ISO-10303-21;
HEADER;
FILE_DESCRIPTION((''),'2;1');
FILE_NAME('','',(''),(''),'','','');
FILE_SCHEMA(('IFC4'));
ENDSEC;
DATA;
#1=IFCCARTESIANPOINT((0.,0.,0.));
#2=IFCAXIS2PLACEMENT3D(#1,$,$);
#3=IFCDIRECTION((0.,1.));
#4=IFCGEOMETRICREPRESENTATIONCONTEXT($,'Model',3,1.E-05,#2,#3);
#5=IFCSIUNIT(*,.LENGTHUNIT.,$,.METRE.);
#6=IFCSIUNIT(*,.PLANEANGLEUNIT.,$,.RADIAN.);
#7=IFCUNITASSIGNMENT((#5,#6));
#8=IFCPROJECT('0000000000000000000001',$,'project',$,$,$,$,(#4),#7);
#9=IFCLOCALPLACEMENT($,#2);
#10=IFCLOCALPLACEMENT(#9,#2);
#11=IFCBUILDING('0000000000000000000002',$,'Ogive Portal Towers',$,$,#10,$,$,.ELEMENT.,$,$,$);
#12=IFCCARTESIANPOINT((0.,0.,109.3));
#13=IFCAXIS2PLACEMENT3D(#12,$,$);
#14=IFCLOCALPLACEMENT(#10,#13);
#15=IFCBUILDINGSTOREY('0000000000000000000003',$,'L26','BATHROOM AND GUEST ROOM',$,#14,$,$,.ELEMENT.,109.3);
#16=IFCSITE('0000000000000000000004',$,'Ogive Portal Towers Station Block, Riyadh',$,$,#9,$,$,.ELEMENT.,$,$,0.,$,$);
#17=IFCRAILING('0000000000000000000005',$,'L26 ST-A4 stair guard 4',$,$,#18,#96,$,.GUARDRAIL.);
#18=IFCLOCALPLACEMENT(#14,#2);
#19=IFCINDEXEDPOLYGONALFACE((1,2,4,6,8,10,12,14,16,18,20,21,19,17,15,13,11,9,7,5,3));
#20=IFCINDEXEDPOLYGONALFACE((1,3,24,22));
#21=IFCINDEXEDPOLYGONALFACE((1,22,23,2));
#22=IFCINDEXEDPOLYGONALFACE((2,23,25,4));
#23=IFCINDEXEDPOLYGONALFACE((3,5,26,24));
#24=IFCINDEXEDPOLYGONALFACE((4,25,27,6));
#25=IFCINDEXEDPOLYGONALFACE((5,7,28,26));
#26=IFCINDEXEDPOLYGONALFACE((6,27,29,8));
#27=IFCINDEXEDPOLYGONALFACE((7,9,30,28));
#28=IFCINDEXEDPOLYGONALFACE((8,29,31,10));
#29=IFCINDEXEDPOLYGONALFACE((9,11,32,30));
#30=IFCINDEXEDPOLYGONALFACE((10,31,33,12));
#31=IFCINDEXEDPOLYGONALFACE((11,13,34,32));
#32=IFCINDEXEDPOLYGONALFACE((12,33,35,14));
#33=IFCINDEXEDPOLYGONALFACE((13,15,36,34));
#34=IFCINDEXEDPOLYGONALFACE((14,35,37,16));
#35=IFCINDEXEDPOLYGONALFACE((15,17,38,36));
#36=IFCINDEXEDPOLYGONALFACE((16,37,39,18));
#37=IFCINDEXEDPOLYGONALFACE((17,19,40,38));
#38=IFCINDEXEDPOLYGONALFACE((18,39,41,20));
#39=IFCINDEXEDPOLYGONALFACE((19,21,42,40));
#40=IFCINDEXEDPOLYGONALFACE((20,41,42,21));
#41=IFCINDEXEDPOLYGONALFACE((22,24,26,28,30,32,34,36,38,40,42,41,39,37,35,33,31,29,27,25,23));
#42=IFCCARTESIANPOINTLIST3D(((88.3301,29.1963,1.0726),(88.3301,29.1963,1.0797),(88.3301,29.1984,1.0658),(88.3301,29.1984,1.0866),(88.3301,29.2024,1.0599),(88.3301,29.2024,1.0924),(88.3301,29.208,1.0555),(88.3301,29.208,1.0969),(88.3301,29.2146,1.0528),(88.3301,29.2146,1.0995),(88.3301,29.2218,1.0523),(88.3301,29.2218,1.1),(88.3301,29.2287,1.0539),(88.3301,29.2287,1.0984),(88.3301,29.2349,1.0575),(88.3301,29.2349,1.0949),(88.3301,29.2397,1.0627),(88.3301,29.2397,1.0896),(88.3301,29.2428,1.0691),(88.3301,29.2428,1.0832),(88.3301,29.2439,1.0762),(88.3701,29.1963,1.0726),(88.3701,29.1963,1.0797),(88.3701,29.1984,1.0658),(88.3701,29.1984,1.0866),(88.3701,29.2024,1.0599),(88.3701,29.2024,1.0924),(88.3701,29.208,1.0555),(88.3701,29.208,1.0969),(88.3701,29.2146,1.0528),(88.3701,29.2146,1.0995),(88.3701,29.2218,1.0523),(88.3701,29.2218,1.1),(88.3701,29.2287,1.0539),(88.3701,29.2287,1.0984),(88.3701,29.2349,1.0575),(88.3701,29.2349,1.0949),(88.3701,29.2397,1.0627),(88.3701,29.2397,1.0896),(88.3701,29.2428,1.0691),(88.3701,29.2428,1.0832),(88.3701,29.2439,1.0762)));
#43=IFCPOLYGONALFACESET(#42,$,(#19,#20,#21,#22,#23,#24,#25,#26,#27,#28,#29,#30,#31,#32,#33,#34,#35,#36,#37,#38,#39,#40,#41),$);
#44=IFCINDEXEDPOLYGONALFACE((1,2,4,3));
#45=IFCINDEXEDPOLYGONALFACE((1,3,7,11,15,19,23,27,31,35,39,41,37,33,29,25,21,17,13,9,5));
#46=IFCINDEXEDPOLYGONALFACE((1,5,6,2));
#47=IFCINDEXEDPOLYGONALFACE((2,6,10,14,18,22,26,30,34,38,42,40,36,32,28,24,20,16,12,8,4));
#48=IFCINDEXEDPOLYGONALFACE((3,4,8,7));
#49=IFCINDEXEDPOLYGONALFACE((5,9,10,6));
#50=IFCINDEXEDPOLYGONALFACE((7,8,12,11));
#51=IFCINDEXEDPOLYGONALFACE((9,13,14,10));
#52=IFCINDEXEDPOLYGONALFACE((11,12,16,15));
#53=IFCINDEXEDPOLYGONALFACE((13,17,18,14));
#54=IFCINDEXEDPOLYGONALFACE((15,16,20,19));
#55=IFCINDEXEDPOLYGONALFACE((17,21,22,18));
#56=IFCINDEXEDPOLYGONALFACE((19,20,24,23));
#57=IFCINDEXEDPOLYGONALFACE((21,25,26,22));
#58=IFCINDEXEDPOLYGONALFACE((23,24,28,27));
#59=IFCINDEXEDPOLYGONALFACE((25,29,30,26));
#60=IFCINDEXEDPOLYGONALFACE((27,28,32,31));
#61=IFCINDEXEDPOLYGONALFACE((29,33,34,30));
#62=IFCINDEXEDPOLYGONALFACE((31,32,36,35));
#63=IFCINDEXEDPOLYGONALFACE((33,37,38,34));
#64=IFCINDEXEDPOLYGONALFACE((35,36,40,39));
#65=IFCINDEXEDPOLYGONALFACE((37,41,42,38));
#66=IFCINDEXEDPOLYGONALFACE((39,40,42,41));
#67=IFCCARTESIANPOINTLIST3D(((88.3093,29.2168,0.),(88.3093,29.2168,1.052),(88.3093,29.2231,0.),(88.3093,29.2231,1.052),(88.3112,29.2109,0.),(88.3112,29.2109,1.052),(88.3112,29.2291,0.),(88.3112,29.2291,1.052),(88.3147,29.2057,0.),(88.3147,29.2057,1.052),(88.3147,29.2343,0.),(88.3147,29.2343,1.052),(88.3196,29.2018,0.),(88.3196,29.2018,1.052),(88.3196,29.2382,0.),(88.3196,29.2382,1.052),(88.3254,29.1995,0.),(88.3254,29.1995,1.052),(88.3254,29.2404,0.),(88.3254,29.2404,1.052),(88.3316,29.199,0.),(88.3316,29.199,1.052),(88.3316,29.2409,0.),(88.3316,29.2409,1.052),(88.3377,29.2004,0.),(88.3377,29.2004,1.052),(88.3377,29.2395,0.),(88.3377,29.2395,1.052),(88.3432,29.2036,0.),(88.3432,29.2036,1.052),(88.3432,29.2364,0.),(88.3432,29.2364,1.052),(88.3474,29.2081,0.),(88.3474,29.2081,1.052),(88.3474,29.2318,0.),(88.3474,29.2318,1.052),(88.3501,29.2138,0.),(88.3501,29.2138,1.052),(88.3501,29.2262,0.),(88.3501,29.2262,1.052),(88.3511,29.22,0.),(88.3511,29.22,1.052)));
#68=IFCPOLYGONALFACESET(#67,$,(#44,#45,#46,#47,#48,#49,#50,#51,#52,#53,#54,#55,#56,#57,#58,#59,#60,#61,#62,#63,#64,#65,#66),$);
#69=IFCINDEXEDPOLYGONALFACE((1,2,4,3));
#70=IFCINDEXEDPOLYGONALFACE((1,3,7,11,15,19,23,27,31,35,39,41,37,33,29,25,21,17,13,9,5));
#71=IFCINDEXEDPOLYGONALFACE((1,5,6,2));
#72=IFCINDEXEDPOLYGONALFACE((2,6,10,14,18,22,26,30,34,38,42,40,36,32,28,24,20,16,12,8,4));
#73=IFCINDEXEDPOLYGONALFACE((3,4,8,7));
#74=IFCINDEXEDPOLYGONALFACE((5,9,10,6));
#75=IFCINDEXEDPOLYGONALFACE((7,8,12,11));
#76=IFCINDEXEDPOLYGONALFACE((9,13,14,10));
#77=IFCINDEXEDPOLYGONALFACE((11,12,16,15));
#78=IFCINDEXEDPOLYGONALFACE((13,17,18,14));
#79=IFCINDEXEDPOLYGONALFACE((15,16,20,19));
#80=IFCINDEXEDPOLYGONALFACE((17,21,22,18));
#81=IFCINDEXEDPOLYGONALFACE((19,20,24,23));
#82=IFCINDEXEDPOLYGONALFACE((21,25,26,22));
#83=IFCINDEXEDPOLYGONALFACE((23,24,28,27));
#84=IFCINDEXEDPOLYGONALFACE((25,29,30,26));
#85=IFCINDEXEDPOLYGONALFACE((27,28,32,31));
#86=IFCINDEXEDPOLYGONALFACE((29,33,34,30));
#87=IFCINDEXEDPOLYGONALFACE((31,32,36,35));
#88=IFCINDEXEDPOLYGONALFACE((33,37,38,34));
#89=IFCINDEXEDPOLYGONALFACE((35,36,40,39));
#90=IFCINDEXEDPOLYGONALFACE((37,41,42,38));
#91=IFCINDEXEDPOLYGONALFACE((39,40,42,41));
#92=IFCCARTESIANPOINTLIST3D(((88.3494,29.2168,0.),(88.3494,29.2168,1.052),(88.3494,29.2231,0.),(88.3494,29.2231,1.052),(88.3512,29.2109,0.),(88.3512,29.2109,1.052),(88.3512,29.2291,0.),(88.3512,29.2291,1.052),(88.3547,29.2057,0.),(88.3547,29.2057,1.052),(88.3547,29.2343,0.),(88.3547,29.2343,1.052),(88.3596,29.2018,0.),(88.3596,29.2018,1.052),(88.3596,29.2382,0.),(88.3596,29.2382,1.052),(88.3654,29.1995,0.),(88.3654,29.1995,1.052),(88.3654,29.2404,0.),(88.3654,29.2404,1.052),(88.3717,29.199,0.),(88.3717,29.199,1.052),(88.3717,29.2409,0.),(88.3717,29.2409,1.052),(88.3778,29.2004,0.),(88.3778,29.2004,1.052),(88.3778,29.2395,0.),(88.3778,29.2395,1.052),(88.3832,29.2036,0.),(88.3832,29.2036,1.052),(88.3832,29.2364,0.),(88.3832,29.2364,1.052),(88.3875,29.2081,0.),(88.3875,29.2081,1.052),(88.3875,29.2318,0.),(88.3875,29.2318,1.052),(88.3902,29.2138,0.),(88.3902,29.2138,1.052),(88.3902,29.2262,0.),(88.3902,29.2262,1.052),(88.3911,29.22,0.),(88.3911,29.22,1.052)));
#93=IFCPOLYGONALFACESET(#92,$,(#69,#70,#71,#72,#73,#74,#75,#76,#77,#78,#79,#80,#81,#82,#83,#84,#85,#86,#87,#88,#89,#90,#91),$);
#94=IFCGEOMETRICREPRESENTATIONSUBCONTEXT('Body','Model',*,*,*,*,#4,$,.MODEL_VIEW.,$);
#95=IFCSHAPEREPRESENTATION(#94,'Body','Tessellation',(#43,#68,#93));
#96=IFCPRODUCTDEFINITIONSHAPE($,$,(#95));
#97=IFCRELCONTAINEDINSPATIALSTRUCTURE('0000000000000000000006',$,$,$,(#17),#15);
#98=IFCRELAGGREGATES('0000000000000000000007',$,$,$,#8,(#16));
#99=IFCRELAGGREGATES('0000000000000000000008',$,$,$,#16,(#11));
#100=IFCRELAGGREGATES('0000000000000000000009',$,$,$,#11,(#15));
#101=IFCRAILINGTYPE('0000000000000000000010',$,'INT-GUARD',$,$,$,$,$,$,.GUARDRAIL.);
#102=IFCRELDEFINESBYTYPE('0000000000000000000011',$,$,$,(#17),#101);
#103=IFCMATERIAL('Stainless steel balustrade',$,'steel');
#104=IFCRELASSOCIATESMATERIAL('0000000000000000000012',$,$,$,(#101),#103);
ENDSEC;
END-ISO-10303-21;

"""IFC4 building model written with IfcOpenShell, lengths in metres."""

from ifc_helpers import new_model, si_unit, direction, frame, origin, origin_2d, place, context, subcontext, project, spatial, circle, extrude, material, type_object, element, save


model = new_model("IFC4")

# Units and contexts
model_context = context("Model", 3, precision=1e-05, world=origin(), true_north=direction((0.0, 1.0)))
body_context = subcontext(model_context, "Body", "Model", "MODEL_VIEW")
ifc_project = project(units=[si_unit("LENGTHUNIT", "METRE"), si_unit("PLANEANGLEUNIT", "RADIAN")], contexts=[model_context])

# Site, building, storey
site_placement = place(None, origin())
site = spatial("IfcSite", under=ifc_project, at=site_placement, Name="Ogive Portal Towers Station Block, Riyadh", CompositionType="ELEMENT", RefElevation=0.0)
building_placement = place(site_placement, origin())
building = spatial("IfcBuilding", under=site, at=building_placement, Name="Ogive Portal Towers", CompositionType="ELEMENT")
storey_placement = place(building_placement, frame((0.0, 0.0, 109.3)))
storey = spatial("IfcBuildingStorey", under=building, at=storey_placement, Name="L26", Description="BATHROOM AND GUEST ROOM", CompositionType="ELEMENT", Elevation=109.3)

# Railing
ifc_material_1 = material(Name="Stainless steel balustrade", Category="steel")
railing_type_1 = type_object("IfcRailingType", Name="INT-GUARD", PredefinedType="GUARDRAIL", material=ifc_material_1)
railing_1_placement = place(storey_placement, frame((88.3301, 29.22, 0.0)))
element("IfcRailing", 1, at=railing_1_placement, inside=storey, type_object=railing_type_1, Name="L26 ST-A4 stair guard 4", PredefinedType="GUARDRAIL", context=body_context, shape_type="SweptSolid", body=[
    extrude(circle(Radius=0.0239, at=origin_2d()), frame((0.0, 0.0, 1.0762), z_axis=(1.0, 0.0, 0.0), x_axis=(0.0, 1.0, 0.0)), (0.0, 0.0, 1.0), 0.04),
    extrude(circle(Radius=0.021, at=origin_2d()), origin(), (0.0, 0.0, 1.0), 1.052),
    extrude(circle(Radius=0.021, at=origin_2d()), frame((0.04, 0.0, 0.0)), (0.0, 0.0, 1.0), 1.052),
])

save(model, "model.ifc")
